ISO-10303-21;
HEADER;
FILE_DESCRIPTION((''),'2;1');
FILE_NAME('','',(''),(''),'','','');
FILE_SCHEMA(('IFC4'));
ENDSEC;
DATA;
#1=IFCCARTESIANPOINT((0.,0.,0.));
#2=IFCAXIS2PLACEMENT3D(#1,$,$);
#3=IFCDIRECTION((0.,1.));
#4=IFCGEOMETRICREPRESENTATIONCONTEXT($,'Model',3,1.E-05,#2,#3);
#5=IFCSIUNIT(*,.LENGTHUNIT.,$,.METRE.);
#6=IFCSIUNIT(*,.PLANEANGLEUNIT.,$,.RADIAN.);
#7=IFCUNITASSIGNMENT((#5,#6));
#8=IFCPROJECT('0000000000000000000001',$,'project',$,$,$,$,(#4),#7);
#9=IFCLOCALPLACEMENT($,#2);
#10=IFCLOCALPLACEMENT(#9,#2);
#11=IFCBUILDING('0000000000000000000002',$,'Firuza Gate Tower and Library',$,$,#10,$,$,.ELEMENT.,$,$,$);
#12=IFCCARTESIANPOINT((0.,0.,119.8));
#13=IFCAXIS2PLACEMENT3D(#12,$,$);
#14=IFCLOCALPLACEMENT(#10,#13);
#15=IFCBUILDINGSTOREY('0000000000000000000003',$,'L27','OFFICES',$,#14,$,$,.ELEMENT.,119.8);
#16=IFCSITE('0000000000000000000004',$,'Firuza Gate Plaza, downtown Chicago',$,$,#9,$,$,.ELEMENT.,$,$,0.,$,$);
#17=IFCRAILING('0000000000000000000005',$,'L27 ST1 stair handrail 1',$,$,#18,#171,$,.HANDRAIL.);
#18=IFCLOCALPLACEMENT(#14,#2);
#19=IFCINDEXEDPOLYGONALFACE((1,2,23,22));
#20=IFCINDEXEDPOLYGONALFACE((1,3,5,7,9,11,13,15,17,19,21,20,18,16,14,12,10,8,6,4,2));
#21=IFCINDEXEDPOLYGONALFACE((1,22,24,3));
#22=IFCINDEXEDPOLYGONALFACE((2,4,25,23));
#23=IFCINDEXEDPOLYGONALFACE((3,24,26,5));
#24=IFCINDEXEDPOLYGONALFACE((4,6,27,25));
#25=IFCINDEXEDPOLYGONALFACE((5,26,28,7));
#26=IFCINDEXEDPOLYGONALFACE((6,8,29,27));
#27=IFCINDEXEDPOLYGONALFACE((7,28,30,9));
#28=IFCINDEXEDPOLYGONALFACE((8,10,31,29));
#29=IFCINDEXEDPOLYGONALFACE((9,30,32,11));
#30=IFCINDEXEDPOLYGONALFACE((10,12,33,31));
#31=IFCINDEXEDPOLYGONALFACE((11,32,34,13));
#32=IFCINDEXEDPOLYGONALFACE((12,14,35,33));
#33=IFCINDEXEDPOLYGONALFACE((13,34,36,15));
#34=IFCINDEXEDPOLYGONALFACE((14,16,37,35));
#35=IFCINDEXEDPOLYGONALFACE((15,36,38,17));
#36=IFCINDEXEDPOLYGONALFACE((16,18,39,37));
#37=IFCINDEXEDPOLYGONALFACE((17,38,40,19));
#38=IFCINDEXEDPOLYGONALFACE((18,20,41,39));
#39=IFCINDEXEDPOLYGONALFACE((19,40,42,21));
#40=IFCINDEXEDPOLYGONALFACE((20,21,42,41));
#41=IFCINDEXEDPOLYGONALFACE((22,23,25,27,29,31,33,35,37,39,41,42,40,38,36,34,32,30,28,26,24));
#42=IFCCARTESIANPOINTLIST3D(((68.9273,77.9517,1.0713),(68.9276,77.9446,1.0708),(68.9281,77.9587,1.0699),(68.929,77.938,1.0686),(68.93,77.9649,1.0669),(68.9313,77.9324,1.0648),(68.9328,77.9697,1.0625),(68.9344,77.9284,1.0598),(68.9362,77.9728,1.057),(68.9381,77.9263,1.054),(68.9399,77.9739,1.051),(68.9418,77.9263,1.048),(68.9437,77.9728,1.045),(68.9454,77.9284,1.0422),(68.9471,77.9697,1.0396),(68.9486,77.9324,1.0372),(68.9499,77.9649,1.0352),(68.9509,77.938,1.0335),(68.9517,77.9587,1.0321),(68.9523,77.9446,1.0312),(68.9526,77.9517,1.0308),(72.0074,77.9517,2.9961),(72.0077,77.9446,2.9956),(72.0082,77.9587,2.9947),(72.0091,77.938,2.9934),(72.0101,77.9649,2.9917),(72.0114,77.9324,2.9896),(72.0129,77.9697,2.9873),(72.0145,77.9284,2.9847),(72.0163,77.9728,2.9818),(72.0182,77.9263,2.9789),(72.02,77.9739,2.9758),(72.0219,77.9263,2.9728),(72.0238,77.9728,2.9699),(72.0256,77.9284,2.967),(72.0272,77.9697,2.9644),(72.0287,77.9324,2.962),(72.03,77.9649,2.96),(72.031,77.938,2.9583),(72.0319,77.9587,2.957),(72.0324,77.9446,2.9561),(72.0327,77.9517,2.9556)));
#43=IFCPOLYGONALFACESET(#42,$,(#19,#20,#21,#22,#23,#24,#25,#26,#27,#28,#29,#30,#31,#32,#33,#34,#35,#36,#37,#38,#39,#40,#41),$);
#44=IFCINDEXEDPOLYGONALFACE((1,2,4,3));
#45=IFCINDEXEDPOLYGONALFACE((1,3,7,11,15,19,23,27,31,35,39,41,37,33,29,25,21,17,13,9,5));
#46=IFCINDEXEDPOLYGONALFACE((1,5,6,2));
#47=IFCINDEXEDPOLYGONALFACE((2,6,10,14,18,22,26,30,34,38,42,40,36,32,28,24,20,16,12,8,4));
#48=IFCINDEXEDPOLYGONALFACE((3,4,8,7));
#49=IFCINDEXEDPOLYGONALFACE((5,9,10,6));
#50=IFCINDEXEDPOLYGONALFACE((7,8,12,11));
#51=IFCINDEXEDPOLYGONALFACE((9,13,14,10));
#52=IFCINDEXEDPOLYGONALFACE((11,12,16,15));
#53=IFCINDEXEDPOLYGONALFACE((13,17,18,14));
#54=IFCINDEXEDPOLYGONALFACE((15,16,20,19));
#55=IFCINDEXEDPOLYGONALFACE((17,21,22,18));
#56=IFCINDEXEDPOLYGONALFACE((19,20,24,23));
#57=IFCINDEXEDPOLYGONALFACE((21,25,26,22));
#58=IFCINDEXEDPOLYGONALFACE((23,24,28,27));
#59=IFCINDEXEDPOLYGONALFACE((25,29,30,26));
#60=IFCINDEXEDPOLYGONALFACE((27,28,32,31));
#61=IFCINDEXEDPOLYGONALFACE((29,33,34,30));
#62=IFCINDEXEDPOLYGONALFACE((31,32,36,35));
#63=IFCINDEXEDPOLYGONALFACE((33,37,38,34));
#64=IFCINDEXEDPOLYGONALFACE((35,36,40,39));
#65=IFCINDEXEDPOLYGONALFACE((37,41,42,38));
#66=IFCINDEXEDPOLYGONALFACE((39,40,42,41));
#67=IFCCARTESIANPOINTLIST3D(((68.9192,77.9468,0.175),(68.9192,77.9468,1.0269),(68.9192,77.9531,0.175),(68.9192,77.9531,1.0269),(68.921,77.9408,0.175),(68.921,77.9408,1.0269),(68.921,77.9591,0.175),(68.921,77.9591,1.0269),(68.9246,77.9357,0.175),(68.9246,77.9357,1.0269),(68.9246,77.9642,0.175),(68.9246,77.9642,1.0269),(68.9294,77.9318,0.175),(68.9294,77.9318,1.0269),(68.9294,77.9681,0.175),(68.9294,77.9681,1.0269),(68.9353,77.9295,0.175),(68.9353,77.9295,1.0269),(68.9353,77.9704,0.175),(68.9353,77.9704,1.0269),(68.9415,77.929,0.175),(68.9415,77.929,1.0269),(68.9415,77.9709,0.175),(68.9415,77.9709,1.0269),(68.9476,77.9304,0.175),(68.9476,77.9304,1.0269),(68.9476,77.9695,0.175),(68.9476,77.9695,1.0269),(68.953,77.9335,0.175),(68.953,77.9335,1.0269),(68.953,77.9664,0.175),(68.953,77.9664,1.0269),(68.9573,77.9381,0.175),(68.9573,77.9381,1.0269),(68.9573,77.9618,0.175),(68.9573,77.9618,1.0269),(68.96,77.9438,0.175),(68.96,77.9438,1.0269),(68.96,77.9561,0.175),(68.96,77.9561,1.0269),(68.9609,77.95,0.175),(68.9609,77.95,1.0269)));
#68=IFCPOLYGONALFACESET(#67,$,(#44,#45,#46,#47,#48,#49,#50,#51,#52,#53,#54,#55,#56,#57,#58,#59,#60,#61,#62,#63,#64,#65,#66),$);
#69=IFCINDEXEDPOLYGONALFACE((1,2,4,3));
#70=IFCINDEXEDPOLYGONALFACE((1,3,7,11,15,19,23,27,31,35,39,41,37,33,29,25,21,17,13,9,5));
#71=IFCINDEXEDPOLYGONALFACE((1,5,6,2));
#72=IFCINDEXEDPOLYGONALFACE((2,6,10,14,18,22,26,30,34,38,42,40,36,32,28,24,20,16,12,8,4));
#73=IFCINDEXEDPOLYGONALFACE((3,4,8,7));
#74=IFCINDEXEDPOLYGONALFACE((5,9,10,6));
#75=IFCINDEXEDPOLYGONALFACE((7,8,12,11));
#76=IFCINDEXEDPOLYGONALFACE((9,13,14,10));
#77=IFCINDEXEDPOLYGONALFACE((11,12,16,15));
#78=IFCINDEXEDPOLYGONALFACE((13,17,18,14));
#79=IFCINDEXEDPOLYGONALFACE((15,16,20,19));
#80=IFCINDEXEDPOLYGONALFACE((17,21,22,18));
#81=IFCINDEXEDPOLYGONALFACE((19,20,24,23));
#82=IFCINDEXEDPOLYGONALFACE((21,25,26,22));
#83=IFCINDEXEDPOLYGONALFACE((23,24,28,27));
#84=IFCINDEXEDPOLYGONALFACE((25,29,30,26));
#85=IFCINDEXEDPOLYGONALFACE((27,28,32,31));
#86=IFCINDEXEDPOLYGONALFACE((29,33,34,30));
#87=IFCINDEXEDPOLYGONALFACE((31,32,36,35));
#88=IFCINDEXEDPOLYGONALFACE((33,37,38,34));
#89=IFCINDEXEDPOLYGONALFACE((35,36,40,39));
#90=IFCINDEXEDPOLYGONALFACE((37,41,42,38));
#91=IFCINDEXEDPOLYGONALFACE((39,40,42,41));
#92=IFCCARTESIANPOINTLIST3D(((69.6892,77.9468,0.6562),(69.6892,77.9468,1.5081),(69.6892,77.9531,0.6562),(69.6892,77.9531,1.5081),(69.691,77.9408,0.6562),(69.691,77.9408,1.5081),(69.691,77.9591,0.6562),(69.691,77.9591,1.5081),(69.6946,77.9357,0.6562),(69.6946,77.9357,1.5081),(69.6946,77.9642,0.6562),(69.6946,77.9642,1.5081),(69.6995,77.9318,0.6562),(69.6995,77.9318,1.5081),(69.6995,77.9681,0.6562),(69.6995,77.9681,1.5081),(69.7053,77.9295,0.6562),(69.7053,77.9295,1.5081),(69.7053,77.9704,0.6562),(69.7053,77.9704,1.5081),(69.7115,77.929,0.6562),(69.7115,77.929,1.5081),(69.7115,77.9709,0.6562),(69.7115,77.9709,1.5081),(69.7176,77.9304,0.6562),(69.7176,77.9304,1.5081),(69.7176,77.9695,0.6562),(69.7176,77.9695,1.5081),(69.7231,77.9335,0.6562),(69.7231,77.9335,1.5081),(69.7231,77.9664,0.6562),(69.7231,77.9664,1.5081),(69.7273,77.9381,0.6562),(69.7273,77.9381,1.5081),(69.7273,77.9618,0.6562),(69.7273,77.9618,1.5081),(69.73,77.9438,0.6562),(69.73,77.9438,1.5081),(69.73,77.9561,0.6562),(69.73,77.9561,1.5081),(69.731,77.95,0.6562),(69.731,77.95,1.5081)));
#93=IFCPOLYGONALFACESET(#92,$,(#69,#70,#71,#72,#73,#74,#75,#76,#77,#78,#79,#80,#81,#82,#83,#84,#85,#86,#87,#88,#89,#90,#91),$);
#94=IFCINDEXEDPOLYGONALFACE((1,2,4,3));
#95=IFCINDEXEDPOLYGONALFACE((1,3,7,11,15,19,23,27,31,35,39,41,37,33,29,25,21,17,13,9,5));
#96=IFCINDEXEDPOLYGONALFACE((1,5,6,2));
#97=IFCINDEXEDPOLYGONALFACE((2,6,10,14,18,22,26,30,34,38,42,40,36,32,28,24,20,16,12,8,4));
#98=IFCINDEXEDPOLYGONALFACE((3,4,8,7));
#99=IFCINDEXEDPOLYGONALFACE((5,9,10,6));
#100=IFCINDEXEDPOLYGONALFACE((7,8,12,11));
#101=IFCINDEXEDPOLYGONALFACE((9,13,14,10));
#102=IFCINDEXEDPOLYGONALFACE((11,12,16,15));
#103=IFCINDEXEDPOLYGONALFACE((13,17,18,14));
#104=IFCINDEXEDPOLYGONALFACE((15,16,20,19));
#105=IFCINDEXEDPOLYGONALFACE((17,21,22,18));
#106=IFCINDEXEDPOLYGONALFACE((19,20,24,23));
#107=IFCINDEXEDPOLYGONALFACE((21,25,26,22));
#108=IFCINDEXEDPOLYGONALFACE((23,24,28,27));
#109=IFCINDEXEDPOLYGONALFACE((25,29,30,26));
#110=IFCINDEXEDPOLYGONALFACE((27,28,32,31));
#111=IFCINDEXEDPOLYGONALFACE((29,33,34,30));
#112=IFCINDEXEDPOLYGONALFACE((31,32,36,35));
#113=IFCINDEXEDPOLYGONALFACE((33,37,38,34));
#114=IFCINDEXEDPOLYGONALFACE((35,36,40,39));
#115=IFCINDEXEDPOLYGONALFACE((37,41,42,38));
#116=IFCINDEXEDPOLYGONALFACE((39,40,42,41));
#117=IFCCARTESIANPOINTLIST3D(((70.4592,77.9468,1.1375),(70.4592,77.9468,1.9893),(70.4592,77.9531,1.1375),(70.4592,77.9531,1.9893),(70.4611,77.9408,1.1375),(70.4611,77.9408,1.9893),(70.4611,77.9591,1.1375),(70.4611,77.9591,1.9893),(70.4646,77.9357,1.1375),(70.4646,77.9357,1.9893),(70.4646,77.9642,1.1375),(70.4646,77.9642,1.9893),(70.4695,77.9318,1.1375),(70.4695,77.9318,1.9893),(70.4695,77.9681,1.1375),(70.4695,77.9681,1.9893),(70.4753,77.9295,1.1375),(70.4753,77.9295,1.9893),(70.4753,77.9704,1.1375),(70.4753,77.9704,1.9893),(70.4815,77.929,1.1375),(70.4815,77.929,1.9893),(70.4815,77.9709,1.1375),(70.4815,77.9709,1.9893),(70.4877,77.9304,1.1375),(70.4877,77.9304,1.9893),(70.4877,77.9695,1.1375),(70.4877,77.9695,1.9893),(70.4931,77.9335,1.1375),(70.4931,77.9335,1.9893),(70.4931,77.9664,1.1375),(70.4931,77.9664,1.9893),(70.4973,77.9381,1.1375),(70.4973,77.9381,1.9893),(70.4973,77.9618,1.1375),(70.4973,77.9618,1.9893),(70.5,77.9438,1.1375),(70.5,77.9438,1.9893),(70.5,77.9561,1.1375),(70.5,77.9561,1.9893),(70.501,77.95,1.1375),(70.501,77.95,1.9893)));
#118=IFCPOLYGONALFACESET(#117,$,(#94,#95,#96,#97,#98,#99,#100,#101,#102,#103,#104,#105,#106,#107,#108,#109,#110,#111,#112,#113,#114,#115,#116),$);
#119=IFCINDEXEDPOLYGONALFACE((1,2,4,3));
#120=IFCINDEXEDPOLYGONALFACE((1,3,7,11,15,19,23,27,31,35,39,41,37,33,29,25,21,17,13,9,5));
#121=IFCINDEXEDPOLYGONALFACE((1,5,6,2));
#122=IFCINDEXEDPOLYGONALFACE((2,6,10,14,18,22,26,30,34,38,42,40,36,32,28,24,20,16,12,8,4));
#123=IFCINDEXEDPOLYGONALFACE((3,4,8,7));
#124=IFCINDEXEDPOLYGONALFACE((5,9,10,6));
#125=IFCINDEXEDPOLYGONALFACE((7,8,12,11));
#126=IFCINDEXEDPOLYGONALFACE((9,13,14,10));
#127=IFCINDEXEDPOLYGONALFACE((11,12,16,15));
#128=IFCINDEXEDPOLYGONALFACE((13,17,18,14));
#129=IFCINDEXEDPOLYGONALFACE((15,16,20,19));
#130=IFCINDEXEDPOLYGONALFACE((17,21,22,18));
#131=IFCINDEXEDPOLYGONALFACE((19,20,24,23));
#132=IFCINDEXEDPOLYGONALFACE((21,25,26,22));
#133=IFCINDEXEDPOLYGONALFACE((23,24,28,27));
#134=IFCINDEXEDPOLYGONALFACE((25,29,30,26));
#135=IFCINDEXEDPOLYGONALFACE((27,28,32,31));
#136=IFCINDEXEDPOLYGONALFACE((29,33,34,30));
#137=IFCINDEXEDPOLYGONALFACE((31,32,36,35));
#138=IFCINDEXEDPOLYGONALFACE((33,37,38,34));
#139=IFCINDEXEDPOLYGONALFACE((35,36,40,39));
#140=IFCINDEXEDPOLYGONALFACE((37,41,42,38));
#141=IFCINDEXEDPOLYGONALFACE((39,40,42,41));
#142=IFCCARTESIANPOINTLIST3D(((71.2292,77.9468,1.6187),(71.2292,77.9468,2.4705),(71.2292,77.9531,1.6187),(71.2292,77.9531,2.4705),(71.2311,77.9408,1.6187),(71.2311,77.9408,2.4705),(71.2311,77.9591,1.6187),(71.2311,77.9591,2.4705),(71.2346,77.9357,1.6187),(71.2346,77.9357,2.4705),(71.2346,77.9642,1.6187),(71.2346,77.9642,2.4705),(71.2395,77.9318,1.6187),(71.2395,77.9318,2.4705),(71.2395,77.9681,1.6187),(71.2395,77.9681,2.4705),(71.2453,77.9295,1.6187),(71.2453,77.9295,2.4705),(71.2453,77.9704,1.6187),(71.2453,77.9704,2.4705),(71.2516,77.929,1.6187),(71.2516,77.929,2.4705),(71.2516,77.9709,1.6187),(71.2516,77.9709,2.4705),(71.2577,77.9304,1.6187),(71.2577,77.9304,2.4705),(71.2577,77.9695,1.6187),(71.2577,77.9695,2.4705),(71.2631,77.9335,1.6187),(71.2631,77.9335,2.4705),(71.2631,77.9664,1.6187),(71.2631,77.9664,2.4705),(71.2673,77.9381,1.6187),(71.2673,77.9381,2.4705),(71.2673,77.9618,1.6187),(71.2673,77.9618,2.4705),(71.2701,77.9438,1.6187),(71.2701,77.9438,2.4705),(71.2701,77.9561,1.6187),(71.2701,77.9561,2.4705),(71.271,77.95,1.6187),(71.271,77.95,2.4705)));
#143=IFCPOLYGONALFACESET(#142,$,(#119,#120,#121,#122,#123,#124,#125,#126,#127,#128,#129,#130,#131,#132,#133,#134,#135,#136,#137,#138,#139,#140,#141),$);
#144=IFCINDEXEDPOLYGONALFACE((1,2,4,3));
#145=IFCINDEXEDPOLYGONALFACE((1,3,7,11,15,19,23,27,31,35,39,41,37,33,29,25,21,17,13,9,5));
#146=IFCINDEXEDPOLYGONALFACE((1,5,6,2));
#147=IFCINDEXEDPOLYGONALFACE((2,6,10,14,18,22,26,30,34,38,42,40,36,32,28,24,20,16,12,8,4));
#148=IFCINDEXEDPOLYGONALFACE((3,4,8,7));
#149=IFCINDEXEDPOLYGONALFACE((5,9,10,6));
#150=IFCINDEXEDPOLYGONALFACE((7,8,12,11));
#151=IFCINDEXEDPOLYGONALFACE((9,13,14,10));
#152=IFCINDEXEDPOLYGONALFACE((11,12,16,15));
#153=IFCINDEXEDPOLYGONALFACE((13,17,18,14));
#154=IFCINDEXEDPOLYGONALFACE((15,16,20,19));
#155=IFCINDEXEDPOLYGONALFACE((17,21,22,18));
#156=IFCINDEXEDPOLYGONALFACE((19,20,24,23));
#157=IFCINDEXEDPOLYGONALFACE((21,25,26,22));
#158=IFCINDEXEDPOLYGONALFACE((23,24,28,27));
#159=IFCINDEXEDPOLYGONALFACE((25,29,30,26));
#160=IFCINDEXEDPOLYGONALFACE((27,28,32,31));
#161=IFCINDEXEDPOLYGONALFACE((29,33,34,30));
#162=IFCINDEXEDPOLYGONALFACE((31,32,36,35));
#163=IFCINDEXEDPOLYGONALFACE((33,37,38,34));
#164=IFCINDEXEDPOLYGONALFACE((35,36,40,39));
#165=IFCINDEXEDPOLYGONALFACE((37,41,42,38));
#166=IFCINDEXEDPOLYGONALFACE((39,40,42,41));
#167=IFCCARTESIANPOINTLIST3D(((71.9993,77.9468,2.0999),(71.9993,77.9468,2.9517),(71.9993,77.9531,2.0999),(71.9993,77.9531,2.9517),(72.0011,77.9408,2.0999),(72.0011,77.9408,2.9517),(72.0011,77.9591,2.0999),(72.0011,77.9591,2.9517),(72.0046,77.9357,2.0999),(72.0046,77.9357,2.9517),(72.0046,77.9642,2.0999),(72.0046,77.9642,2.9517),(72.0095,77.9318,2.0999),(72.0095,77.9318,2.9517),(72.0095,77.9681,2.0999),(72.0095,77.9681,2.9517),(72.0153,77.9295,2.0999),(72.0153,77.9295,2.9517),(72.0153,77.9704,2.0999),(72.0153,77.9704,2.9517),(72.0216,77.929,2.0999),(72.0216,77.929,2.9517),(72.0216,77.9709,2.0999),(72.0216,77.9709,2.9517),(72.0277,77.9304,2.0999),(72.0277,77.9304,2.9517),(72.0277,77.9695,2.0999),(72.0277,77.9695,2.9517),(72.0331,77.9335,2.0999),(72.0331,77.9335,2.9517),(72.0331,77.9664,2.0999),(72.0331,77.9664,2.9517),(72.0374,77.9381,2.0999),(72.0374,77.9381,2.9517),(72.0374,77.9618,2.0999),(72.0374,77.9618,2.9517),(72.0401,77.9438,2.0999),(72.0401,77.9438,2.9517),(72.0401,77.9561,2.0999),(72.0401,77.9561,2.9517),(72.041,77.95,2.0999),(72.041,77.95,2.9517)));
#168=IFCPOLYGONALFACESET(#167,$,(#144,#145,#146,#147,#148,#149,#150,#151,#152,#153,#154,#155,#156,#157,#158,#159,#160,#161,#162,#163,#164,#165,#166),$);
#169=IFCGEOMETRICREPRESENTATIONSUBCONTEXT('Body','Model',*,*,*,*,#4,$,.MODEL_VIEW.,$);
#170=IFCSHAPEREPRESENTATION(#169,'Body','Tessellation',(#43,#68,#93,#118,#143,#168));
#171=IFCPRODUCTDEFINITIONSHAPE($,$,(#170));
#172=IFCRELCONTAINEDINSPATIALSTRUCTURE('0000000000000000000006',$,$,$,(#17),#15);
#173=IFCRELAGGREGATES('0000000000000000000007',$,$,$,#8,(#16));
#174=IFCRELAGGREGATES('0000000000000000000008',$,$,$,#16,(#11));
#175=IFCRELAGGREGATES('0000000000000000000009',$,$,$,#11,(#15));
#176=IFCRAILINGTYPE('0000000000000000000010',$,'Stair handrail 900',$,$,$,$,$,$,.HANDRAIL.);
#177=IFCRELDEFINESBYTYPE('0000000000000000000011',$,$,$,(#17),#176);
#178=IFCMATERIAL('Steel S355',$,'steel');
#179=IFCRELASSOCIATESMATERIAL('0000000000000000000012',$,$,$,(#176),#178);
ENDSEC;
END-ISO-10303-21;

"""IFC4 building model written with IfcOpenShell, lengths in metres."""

from ifc_helpers import new_model, si_unit, direction, frame, origin, origin_2d, place, context, subcontext, project, spatial, circle, extrude, material, type_object, element, save


model = new_model("IFC4")

# Units and contexts
model_context = context("Model", 3, precision=1e-05, world=origin(), true_north=direction((0.0, 1.0)))
body_context = subcontext(model_context, "Body", "Model", "MODEL_VIEW")
ifc_project = project(units=[si_unit("LENGTHUNIT", "METRE"), si_unit("PLANEANGLEUNIT", "RADIAN")], contexts=[model_context])

# Site, building, storey
site_placement = place(None, origin())
site = spatial("IfcSite", under=ifc_project, at=site_placement, Name="Firuza Gate Plaza, downtown Chicago", CompositionType="ELEMENT", RefElevation=0.0)
building_placement = place(site_placement, origin())
building = spatial("IfcBuilding", under=site, at=building_placement, Name="Firuza Gate Tower and Library", CompositionType="ELEMENT")
storey_placement = place(building_placement, frame((0.0, 0.0, 119.8)))
storey = spatial("IfcBuildingStorey", under=building, at=storey_placement, Name="L27", Description="OFFICES", CompositionType="ELEMENT", Elevation=119.8)

# Railing
ifc_material_1 = material(Name="Steel S355", Category="steel")
railing_type_1 = type_object("IfcRailingType", Name="Stair handrail 900", PredefinedType="HANDRAIL", material=ifc_material_1)
railing_1_placement = place(storey_placement, frame((68.9399, 77.95, 0.175)))
element("IfcRailing", 1, at=railing_1_placement, inside=storey, type_object=railing_type_1, Name="L27 ST1 stair handrail 1", PredefinedType="HANDRAIL", context=body_context, shape_type="SweptSolid", body=[
    extrude(circle(Radius=0.0239, at=origin_2d()), frame((0.0, 0.0, 0.876), z_axis=(0.848029, 0.0, 0.529951), x_axis=(0.0, 1.0, 0.0)), (0.0, 0.0, 1.0), 3.6321),
    extrude(circle(Radius=0.021, at=origin_2d()), origin(), (0.0, 0.0, 1.0), 0.8518),
    extrude(circle(Radius=0.021, at=origin_2d()), frame((0.77, 0.0, 0.4812)), (0.0, 0.0, 1.0), 0.8518),
    extrude(circle(Radius=0.021, at=origin_2d()), frame((1.54, 0.0, 0.9624)), (0.0, 0.0, 1.0), 0.8518),
    extrude(circle(Radius=0.021, at=origin_2d()), frame((2.3101, 0.0, 1.4436)), (0.0, 0.0, 1.0), 0.8518),
    extrude(circle(Radius=0.021, at=origin_2d()), frame((3.0801, 0.0, 1.9248)), (0.0, 0.0, 1.0), 0.8518),
])

save(model, "model.ifc")
